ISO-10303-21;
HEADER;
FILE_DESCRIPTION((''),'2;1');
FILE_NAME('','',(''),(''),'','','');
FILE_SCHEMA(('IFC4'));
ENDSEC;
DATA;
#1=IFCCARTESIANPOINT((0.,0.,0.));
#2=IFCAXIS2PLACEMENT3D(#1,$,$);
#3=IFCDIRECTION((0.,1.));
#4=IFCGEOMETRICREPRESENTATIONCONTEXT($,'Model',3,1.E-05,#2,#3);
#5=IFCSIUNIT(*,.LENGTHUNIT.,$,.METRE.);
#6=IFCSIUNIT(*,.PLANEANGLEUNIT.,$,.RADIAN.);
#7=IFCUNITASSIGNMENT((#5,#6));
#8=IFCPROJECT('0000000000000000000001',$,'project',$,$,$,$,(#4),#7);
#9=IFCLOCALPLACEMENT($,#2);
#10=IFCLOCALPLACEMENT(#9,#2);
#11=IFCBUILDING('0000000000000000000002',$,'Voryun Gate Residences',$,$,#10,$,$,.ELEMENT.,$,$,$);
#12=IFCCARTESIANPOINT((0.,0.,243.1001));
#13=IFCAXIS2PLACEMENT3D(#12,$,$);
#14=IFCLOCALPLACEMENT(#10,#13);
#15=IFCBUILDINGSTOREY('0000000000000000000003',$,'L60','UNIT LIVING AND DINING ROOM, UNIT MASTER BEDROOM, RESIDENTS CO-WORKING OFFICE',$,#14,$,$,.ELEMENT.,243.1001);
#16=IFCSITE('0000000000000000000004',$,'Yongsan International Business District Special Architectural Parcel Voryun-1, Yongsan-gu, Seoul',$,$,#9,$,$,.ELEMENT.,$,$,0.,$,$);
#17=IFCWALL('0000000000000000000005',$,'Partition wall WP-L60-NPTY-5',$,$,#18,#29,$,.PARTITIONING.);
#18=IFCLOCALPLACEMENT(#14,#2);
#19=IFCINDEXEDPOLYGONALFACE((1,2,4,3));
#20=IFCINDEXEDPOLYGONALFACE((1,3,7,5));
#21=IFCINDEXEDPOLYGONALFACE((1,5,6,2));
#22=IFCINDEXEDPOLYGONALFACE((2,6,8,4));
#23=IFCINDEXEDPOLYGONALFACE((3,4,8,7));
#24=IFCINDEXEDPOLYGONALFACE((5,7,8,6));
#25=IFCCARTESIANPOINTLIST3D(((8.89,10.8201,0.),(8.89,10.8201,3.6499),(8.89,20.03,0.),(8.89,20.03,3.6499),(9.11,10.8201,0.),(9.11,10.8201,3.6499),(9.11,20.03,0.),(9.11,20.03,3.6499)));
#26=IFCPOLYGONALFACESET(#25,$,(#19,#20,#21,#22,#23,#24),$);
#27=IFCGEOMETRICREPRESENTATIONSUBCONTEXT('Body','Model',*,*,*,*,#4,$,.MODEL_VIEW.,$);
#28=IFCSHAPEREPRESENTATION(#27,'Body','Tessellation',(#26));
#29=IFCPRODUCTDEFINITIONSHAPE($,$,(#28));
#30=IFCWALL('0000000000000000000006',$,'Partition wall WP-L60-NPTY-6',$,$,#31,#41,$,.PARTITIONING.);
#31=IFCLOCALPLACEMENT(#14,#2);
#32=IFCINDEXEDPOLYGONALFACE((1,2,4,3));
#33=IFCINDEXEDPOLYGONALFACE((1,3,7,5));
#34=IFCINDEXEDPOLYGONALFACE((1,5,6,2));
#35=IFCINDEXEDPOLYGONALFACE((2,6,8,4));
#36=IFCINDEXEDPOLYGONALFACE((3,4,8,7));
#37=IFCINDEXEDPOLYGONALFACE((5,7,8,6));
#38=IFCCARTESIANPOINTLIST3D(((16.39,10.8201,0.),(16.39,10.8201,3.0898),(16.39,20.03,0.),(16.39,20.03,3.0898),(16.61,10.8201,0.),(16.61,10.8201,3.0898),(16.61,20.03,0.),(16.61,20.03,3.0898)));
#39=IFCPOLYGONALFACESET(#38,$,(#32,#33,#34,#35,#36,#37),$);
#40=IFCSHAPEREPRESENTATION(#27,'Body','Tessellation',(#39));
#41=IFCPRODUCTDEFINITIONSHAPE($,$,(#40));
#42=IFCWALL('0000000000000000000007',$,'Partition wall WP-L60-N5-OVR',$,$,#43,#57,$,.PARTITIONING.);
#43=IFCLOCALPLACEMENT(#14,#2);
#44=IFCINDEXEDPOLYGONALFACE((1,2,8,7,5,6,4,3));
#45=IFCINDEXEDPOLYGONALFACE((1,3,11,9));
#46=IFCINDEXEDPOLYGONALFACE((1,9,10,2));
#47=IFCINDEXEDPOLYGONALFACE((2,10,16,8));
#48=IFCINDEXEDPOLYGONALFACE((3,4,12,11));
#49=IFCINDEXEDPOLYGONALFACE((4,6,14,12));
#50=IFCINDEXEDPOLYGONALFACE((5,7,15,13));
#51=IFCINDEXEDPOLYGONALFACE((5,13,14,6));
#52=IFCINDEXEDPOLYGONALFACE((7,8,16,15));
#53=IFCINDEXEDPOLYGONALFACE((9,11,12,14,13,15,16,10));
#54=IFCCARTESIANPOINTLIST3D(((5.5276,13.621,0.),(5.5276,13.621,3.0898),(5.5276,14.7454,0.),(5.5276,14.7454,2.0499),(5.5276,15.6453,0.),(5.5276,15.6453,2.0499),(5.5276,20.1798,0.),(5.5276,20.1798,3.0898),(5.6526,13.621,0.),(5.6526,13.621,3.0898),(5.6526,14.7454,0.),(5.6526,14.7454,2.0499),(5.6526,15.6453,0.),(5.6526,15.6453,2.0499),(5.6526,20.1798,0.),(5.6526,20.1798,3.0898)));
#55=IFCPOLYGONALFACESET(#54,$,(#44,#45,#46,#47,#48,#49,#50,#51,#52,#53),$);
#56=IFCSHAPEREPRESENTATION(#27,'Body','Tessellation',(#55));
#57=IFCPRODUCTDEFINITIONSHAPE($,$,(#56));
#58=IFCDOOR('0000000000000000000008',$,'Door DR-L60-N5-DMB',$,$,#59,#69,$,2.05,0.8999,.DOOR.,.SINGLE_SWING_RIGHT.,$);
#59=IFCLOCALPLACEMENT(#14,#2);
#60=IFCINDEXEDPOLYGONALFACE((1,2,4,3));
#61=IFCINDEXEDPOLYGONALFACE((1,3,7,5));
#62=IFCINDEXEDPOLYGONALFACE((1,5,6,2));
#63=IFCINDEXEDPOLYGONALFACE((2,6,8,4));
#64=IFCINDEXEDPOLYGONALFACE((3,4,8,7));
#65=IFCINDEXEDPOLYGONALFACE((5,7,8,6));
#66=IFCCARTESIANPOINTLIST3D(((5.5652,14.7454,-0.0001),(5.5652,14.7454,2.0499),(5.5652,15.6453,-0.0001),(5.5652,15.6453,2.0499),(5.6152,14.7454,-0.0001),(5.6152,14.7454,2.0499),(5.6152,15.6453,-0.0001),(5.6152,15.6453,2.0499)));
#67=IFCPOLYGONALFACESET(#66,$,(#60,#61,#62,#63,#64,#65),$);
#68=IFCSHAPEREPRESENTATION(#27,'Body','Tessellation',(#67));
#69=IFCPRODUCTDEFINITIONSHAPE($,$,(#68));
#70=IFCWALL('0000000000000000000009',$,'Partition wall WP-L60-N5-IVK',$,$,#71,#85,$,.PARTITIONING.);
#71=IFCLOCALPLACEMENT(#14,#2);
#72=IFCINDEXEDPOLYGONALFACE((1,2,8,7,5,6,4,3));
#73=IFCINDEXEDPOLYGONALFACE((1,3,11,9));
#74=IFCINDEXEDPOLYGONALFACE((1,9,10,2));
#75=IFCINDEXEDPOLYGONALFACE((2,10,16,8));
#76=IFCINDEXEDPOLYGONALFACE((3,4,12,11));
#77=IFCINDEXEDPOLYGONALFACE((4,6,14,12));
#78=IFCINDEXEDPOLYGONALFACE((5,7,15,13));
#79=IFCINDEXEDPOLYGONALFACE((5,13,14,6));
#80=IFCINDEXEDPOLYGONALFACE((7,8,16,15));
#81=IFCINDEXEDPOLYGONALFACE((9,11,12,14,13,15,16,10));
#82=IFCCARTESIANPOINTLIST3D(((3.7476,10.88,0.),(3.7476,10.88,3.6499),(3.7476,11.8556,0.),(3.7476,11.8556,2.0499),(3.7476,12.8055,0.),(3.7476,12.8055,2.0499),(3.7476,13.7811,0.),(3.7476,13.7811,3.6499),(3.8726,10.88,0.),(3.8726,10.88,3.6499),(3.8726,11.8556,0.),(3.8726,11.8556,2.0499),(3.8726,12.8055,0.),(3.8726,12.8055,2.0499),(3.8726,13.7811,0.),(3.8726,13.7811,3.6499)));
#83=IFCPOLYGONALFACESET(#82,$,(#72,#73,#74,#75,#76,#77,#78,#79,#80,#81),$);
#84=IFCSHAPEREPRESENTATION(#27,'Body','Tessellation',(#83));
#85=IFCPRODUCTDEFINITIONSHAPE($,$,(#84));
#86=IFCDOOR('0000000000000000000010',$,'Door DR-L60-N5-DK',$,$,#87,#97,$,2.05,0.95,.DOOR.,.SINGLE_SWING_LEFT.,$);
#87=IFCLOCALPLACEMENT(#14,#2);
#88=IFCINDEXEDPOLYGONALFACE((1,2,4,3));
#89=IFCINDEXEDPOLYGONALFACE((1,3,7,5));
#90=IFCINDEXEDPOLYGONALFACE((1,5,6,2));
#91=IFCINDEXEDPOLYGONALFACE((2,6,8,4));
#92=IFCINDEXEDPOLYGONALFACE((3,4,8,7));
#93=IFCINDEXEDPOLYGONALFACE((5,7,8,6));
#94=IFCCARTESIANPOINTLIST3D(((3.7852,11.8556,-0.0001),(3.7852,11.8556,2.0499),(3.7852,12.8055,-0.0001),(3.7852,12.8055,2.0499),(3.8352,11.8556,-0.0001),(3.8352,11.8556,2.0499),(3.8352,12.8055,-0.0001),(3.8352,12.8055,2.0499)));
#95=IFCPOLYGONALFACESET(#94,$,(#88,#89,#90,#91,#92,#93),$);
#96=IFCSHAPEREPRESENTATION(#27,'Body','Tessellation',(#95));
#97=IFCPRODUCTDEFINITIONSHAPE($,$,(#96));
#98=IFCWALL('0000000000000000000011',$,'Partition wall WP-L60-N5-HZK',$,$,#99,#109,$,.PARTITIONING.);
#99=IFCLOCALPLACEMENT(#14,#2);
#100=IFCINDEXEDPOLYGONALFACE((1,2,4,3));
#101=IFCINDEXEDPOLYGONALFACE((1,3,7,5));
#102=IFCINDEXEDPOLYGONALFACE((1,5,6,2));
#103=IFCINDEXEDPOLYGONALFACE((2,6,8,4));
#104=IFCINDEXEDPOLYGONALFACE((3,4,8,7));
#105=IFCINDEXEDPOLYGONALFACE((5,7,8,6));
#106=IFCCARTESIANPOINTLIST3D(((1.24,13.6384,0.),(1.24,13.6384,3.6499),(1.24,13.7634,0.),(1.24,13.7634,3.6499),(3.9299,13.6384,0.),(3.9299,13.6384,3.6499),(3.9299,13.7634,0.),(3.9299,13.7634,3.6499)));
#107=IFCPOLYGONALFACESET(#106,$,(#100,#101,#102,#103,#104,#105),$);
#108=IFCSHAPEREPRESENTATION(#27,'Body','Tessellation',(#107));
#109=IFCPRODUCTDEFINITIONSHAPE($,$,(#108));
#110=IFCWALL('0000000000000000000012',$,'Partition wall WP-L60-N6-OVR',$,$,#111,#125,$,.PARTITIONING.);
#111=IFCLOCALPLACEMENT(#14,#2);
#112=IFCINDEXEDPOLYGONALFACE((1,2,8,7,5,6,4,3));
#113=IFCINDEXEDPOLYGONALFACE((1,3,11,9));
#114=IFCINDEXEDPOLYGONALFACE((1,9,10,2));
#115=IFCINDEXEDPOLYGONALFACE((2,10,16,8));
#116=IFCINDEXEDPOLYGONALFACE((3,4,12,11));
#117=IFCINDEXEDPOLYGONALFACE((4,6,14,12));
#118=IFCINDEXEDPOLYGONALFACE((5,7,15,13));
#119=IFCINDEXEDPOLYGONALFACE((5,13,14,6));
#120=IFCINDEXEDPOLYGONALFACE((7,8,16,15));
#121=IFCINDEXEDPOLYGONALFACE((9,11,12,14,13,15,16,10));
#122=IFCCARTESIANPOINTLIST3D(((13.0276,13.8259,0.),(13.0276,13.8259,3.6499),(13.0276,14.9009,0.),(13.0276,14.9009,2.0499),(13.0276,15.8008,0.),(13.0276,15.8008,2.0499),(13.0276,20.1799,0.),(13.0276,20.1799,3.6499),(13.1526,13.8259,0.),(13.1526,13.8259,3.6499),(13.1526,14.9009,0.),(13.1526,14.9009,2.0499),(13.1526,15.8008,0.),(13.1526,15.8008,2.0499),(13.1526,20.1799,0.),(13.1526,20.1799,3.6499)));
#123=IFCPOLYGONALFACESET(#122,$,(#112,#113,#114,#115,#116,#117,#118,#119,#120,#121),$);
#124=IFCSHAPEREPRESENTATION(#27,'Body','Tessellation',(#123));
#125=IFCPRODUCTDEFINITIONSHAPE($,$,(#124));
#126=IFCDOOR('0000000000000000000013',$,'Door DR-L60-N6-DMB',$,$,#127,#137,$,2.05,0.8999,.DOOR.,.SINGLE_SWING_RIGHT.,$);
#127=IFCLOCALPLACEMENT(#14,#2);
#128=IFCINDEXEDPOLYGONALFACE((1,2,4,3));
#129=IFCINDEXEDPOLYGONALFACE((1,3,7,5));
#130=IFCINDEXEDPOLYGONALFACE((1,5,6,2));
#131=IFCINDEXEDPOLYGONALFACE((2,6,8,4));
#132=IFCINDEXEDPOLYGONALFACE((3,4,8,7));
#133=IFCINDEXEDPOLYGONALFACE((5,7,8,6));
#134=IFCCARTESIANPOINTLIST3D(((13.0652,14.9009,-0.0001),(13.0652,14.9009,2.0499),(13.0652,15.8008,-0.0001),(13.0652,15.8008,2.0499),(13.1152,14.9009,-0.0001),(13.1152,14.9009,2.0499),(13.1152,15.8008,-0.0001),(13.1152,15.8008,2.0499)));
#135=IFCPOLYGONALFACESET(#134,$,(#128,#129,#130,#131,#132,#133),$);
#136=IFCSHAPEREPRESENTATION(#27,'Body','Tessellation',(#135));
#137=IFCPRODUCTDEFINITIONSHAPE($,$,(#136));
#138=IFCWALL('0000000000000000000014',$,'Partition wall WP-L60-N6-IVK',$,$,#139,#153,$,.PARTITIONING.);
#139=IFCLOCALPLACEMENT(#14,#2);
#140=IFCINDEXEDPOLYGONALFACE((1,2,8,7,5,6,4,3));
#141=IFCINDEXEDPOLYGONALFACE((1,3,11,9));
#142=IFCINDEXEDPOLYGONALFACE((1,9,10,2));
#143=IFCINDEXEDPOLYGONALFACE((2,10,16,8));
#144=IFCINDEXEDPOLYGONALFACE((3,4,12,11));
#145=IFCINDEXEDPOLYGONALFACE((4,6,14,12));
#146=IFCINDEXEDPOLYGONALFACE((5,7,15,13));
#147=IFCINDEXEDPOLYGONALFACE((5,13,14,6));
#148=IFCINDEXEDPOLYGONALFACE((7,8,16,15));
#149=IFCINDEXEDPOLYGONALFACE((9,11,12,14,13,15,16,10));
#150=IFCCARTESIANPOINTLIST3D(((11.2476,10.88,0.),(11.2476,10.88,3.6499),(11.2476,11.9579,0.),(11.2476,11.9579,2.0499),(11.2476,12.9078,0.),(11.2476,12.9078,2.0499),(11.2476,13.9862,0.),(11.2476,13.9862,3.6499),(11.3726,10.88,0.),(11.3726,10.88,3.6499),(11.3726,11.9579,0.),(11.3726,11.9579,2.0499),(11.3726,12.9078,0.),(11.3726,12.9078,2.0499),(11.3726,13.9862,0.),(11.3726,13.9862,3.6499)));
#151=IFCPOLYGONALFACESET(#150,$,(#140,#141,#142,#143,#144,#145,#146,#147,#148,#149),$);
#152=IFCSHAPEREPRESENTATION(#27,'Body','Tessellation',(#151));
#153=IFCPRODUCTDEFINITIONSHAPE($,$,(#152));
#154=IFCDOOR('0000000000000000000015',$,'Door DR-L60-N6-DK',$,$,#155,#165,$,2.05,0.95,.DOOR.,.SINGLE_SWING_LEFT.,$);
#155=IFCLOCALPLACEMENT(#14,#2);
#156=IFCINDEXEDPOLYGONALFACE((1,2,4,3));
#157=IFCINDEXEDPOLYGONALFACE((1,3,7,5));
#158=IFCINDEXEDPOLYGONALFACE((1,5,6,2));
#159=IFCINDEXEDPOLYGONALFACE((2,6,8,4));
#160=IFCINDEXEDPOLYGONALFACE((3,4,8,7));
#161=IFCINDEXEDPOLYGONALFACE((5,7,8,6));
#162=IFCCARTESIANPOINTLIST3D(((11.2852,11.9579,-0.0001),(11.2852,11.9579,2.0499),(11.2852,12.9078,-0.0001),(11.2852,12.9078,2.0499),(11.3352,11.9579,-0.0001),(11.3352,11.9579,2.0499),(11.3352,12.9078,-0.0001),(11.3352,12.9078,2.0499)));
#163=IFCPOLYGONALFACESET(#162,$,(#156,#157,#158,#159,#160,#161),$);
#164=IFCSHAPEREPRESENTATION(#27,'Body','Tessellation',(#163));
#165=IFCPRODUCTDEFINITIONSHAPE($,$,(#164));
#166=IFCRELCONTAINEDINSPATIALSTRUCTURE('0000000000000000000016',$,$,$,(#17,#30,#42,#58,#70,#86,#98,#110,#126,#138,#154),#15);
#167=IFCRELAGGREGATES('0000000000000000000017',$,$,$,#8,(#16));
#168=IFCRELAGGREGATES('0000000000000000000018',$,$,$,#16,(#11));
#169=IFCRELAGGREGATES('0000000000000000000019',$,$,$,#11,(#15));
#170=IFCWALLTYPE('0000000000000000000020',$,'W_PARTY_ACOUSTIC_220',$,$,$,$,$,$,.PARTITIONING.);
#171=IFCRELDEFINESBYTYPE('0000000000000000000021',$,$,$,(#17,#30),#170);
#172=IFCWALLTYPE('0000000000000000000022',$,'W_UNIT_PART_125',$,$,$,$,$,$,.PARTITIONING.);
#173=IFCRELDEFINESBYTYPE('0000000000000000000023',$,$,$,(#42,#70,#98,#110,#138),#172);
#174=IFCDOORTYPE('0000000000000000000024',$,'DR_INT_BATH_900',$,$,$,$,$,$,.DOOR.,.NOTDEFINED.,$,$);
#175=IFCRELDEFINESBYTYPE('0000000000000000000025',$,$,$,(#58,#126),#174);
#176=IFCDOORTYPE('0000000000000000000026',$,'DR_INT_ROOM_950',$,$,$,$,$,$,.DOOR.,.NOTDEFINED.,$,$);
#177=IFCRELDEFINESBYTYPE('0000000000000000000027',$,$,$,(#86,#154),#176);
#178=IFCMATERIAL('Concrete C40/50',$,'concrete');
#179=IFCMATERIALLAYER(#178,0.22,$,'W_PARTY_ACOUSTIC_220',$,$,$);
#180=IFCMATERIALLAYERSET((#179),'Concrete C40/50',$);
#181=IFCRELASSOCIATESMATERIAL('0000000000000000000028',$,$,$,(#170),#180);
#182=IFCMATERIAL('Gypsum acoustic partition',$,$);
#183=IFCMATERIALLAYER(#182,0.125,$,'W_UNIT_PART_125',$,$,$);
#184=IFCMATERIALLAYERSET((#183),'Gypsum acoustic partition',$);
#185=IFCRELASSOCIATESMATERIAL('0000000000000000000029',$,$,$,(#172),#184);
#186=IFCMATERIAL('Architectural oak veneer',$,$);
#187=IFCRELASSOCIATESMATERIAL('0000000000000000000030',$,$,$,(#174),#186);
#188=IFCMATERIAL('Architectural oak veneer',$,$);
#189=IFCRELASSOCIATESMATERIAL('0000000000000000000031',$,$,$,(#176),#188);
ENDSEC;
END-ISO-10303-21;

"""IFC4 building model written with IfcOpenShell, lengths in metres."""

from ifc_helpers import new_model, si_unit, direction, frame, frame_2d, origin, place, context, subcontext, project, spatial, rectangle, extrude, material, layer, layer_set, type_object, element, fill, save


model = new_model("IFC4")

# Units and contexts
model_context = context("Model", 3, precision=1e-05, world=origin(), true_north=direction((0.0, 1.0)))
body_context = subcontext(model_context, "Body", "Model", "MODEL_VIEW")
ifc_project = project(units=[si_unit("LENGTHUNIT", "METRE"), si_unit("PLANEANGLEUNIT", "RADIAN")], contexts=[model_context])

# Site, building, storey
site_placement = place(None, origin())
site = spatial("IfcSite", under=ifc_project, at=site_placement, Name="Yongsan International Business District Special Architectural Parcel Voryun-1, Yongsan-gu, Seoul", CompositionType="ELEMENT", RefElevation=0.0)
building_placement = place(site_placement, origin())
building = spatial("IfcBuilding", under=site, at=building_placement, Name="Voryun Gate Residences", CompositionType="ELEMENT")
storey_placement = place(building_placement, frame((0.0, 0.0, 243.1001)))
storey = spatial("IfcBuildingStorey", under=building, at=storey_placement, Name="L60", Description="UNIT LIVING AND DINING ROOM, UNIT MASTER BEDROOM, RESIDENTS CO-WORKING OFFICE", CompositionType="ELEMENT", Elevation=243.1001)

# Walls
ifc_material_1 = material(Name="Concrete C40/50", Category="concrete")
ifc_layer_1 = layer(ifc_material_1, 0.22, Name="W_PARTY_ACOUSTIC_220")
ifc_layer_set_1 = layer_set([ifc_layer_1], Name="Concrete C40/50")
wall_type_1 = type_object("IfcWallType", Name="W_PARTY_ACOUSTIC_220", PredefinedType="PARTITIONING", material=ifc_layer_set_1)
for number, where, z_axis, x_axis, name in (
    (1, (9.0, 10.8201, 0.0), (0.0, 0.0, 1.0), (0.0, 1.0, 0.0), "Partition wall WP-L60-NPTY-5"),
):
    element("IfcWall", number, at=place(storey_placement, frame(where, z_axis=z_axis, x_axis=x_axis)), inside=storey, type_object=wall_type_1, Name=name, PredefinedType="PARTITIONING", context=body_context, shape_type="SweptSolid", body=[
        extrude(rectangle(XDim=9.21, YDim=0.22, at=frame_2d((4.605, 0.0))), origin(), (0.0, 0.0, 1.0), 3.6499),
    ])
wall_1_placement = place(storey_placement, frame((16.5, 10.8201, 0.0), z_axis=(0.0, 0.0, 1.0), x_axis=(0.0, 1.0, 0.0)))
element("IfcWall", 2, at=wall_1_placement, inside=storey, type_object=wall_type_1, Name="Partition wall WP-L60-NPTY-6", PredefinedType="PARTITIONING", context=body_context, shape_type="SweptSolid", body=[
    extrude(rectangle(XDim=9.21, YDim=0.22, at=frame_2d((4.605, 0.0))), origin(), (0.0, 0.0, 1.0), 3.0898),
])

# Walls, openings, doors
ifc_material_2 = material(Name="Gypsum acoustic partition")
ifc_layer_2 = layer(ifc_material_2, 0.125, Name="W_UNIT_PART_125")
ifc_layer_set_2 = layer_set([ifc_layer_2], Name="Gypsum acoustic partition")
wall_type_2 = type_object("IfcWallType", Name="W_UNIT_PART_125", PredefinedType="PARTITIONING", material=ifc_layer_set_2)
wall_2_placement = place(storey_placement, frame((5.5901, 13.6211, 0.0), z_axis=(0.0, 0.0, 1.0), x_axis=(0.0, 1.0, 0.0)))
wall_2 = element("IfcWall", 3, at=wall_2_placement, inside=storey, type_object=wall_type_2, Name="Partition wall WP-L60-N5-OVR", PredefinedType="PARTITIONING", context=body_context, shape_type="SweptSolid", body=[
    extrude(rectangle(XDim=6.5588, YDim=0.125, at=frame_2d((3.2793, 0.0))), origin(), (0.0, 0.0, 1.0), 3.0898),
])
opening_1_placement = place(wall_2_placement, frame((1.1243, 0.0, 0.0)))
opening_1 = element("IfcOpeningElement", 4, at=opening_1_placement, cuts=wall_2, PredefinedType="OPENING", context=body_context, shape_type="SweptSolid", body=[
    extrude(rectangle(XDim=0.8999, YDim=2.05, at=frame_2d((0.45, 1.0249))), frame((0.0, 0.0725, 0.0), z_axis=(0.0, -1.0, 0.0), x_axis=(1.0, 0.0, 0.0)), (0.0, 0.0, 1.0), 0.145),
])
ifc_material_3 = material(Name="Architectural oak veneer")
door_type_1 = type_object("IfcDoorType", Name="DR_INT_BATH_900", OperationType="NOTDEFINED", PredefinedType="DOOR", material=ifc_material_3)
door_1_placement = place(opening_1_placement, origin())
door_1 = element("IfcDoor", 5, at=door_1_placement, inside=storey, type_object=door_type_1, Name="Door DR-L60-N5-DMB", OperationType="SINGLE_SWING_RIGHT", OverallHeight=2.05, OverallWidth=0.8999, PredefinedType="DOOR", context=body_context, shape_type="SweptSolid", body=[
    extrude(rectangle(XDim=0.8999, YDim=2.05, at=frame_2d((0.45, 1.0249))), frame((0.0, 0.0249, 0.0), z_axis=(0.0, -1.0, 0.0), x_axis=(1.0, 0.0, 0.0)), (0.0, 0.0, 1.0), 0.05),
])
fill(opening_1, door_1)
wall_3_placement = place(storey_placement, frame((3.8101, 10.8799, 0.0), z_axis=(0.0, 0.0, 1.0), x_axis=(0.0, 1.0, 0.0)))
wall_3 = element("IfcWall", 6, at=wall_3_placement, inside=storey, type_object=wall_type_2, Name="Partition wall WP-L60-N5-IVK", PredefinedType="PARTITIONING", context=body_context, shape_type="SweptSolid", body=[
    extrude(rectangle(XDim=2.9011, YDim=0.125, at=frame_2d((1.4507, 0.0))), origin(), (0.0, 0.0, 1.0), 3.6499),
])
opening_2_placement = place(wall_3_placement, frame((0.9756, 0.0, 0.0)))
opening_2 = element("IfcOpeningElement", 7, at=opening_2_placement, cuts=wall_3, PredefinedType="OPENING", context=body_context, shape_type="SweptSolid", body=[
    extrude(rectangle(XDim=0.95, YDim=2.05, at=frame_2d((0.4751, 1.0249))), frame((0.0, 0.0725, 0.0), z_axis=(0.0, -1.0, 0.0), x_axis=(1.0, 0.0, 0.0)), (0.0, 0.0, 1.0), 0.145),
])
ifc_material_4 = material(Name="Architectural oak veneer")
door_type_2 = type_object("IfcDoorType", Name="DR_INT_ROOM_950", OperationType="NOTDEFINED", PredefinedType="DOOR", material=ifc_material_4)
door_2_placement = place(opening_2_placement, origin())
door_2 = element("IfcDoor", 8, at=door_2_placement, inside=storey, type_object=door_type_2, Name="Door DR-L60-N5-DK", OperationType="SINGLE_SWING_LEFT", OverallHeight=2.05, OverallWidth=0.95, PredefinedType="DOOR", context=body_context, shape_type="SweptSolid", body=[
    extrude(rectangle(XDim=0.95, YDim=2.05, at=frame_2d((0.4751, 1.0249))), frame((0.0, 0.0249, 0.0), z_axis=(0.0, -1.0, 0.0), x_axis=(1.0, 0.0, 0.0)), (0.0, 0.0, 1.0), 0.05),
])
fill(opening_2, door_2)

# Wall
wall_4_placement = place(storey_placement, frame((1.24, 13.7009, 0.0), z_axis=(0.0, 0.0, 1.0), x_axis=(1.0, 0.0, 0.0)))
element("IfcWall", 9, at=wall_4_placement, inside=storey, type_object=wall_type_2, Name="Partition wall WP-L60-N5-HZK", PredefinedType="PARTITIONING", context=body_context, shape_type="SweptSolid", body=[
    extrude(rectangle(XDim=2.6899, YDim=0.125, at=frame_2d((1.345, 0.0))), origin(), (0.0, 0.0, 1.0), 3.6499),
])

# Walls, openings, doors
wall_5_placement = place(storey_placement, frame((13.0901, 13.8259, 0.0), z_axis=(0.0, 0.0, 1.0), x_axis=(0.0, 1.0, 0.0)))
wall_5 = element("IfcWall", 10, at=wall_5_placement, inside=storey, type_object=wall_type_2, Name="Partition wall WP-L60-N6-OVR", PredefinedType="PARTITIONING", context=body_context, shape_type="SweptSolid", body=[
    extrude(rectangle(XDim=6.354, YDim=0.125, at=frame_2d((3.177, 0.0))), origin(), (0.0, 0.0, 1.0), 3.6499),
])
opening_3_placement = place(wall_5_placement, frame((1.075, 0.0, 0.0)))
opening_3 = element("IfcOpeningElement", 11, at=opening_3_placement, cuts=wall_5, PredefinedType="OPENING", context=body_context, shape_type="SweptSolid", body=[
    extrude(rectangle(XDim=0.8999, YDim=2.05, at=frame_2d((0.45, 1.0249))), frame((0.0, 0.0725, 0.0), z_axis=(0.0, -1.0, 0.0), x_axis=(1.0, 0.0, 0.0)), (0.0, 0.0, 1.0), 0.145),
])
door_3_placement = place(opening_3_placement, origin())
door_3 = element("IfcDoor", 12, at=door_3_placement, inside=storey, type_object=door_type_1, Name="Door DR-L60-N6-DMB", OperationType="SINGLE_SWING_RIGHT", OverallHeight=2.05, OverallWidth=0.8999, PredefinedType="DOOR", context=body_context, shape_type="SweptSolid", body=[
    extrude(rectangle(XDim=0.8999, YDim=2.05, at=frame_2d((0.45, 1.0249))), frame((0.0, 0.0249, 0.0), z_axis=(0.0, -1.0, 0.0), x_axis=(1.0, 0.0, 0.0)), (0.0, 0.0, 1.0), 0.05),
])
fill(opening_3, door_3)
wall_6_placement = place(storey_placement, frame((11.3101, 10.8799, 0.0), z_axis=(0.0, 0.0, 1.0), x_axis=(0.0, 1.0, 0.0)))
wall_6 = element("IfcWall", 13, at=wall_6_placement, inside=storey, type_object=wall_type_2, Name="Partition wall WP-L60-N6-IVK", PredefinedType="PARTITIONING", context=body_context, shape_type="SweptSolid", body=[
    extrude(rectangle(XDim=3.1062, YDim=0.125, at=frame_2d((1.5532, 0.0))), origin(), (0.0, 0.0, 1.0), 3.6499),
])
opening_4_placement = place(wall_6_placement, frame((1.0779, 0.0, 0.0)))
opening_4 = element("IfcOpeningElement", 14, at=opening_4_placement, cuts=wall_6, PredefinedType="OPENING", context=body_context, shape_type="SweptSolid", body=[
    extrude(rectangle(XDim=0.95, YDim=2.05, at=frame_2d((0.4751, 1.0249))), frame((0.0, 0.0725, 0.0), z_axis=(0.0, -1.0, 0.0), x_axis=(1.0, 0.0, 0.0)), (0.0, 0.0, 1.0), 0.145),
])
door_4_placement = place(opening_4_placement, origin())
door_4 = element("IfcDoor", 15, at=door_4_placement, inside=storey, type_object=door_type_2, Name="Door DR-L60-N6-DK", OperationType="SINGLE_SWING_LEFT", OverallHeight=2.05, OverallWidth=0.95, PredefinedType="DOOR", context=body_context, shape_type="SweptSolid", body=[
    extrude(rectangle(XDim=0.95, YDim=2.05, at=frame_2d((0.4751, 1.0249))), frame((0.0, 0.0249, 0.0), z_axis=(0.0, -1.0, 0.0), x_axis=(1.0, 0.0, 0.0)), (0.0, 0.0, 1.0), 0.05),
])
fill(opening_4, door_4)

save(model, "model.ifc")
